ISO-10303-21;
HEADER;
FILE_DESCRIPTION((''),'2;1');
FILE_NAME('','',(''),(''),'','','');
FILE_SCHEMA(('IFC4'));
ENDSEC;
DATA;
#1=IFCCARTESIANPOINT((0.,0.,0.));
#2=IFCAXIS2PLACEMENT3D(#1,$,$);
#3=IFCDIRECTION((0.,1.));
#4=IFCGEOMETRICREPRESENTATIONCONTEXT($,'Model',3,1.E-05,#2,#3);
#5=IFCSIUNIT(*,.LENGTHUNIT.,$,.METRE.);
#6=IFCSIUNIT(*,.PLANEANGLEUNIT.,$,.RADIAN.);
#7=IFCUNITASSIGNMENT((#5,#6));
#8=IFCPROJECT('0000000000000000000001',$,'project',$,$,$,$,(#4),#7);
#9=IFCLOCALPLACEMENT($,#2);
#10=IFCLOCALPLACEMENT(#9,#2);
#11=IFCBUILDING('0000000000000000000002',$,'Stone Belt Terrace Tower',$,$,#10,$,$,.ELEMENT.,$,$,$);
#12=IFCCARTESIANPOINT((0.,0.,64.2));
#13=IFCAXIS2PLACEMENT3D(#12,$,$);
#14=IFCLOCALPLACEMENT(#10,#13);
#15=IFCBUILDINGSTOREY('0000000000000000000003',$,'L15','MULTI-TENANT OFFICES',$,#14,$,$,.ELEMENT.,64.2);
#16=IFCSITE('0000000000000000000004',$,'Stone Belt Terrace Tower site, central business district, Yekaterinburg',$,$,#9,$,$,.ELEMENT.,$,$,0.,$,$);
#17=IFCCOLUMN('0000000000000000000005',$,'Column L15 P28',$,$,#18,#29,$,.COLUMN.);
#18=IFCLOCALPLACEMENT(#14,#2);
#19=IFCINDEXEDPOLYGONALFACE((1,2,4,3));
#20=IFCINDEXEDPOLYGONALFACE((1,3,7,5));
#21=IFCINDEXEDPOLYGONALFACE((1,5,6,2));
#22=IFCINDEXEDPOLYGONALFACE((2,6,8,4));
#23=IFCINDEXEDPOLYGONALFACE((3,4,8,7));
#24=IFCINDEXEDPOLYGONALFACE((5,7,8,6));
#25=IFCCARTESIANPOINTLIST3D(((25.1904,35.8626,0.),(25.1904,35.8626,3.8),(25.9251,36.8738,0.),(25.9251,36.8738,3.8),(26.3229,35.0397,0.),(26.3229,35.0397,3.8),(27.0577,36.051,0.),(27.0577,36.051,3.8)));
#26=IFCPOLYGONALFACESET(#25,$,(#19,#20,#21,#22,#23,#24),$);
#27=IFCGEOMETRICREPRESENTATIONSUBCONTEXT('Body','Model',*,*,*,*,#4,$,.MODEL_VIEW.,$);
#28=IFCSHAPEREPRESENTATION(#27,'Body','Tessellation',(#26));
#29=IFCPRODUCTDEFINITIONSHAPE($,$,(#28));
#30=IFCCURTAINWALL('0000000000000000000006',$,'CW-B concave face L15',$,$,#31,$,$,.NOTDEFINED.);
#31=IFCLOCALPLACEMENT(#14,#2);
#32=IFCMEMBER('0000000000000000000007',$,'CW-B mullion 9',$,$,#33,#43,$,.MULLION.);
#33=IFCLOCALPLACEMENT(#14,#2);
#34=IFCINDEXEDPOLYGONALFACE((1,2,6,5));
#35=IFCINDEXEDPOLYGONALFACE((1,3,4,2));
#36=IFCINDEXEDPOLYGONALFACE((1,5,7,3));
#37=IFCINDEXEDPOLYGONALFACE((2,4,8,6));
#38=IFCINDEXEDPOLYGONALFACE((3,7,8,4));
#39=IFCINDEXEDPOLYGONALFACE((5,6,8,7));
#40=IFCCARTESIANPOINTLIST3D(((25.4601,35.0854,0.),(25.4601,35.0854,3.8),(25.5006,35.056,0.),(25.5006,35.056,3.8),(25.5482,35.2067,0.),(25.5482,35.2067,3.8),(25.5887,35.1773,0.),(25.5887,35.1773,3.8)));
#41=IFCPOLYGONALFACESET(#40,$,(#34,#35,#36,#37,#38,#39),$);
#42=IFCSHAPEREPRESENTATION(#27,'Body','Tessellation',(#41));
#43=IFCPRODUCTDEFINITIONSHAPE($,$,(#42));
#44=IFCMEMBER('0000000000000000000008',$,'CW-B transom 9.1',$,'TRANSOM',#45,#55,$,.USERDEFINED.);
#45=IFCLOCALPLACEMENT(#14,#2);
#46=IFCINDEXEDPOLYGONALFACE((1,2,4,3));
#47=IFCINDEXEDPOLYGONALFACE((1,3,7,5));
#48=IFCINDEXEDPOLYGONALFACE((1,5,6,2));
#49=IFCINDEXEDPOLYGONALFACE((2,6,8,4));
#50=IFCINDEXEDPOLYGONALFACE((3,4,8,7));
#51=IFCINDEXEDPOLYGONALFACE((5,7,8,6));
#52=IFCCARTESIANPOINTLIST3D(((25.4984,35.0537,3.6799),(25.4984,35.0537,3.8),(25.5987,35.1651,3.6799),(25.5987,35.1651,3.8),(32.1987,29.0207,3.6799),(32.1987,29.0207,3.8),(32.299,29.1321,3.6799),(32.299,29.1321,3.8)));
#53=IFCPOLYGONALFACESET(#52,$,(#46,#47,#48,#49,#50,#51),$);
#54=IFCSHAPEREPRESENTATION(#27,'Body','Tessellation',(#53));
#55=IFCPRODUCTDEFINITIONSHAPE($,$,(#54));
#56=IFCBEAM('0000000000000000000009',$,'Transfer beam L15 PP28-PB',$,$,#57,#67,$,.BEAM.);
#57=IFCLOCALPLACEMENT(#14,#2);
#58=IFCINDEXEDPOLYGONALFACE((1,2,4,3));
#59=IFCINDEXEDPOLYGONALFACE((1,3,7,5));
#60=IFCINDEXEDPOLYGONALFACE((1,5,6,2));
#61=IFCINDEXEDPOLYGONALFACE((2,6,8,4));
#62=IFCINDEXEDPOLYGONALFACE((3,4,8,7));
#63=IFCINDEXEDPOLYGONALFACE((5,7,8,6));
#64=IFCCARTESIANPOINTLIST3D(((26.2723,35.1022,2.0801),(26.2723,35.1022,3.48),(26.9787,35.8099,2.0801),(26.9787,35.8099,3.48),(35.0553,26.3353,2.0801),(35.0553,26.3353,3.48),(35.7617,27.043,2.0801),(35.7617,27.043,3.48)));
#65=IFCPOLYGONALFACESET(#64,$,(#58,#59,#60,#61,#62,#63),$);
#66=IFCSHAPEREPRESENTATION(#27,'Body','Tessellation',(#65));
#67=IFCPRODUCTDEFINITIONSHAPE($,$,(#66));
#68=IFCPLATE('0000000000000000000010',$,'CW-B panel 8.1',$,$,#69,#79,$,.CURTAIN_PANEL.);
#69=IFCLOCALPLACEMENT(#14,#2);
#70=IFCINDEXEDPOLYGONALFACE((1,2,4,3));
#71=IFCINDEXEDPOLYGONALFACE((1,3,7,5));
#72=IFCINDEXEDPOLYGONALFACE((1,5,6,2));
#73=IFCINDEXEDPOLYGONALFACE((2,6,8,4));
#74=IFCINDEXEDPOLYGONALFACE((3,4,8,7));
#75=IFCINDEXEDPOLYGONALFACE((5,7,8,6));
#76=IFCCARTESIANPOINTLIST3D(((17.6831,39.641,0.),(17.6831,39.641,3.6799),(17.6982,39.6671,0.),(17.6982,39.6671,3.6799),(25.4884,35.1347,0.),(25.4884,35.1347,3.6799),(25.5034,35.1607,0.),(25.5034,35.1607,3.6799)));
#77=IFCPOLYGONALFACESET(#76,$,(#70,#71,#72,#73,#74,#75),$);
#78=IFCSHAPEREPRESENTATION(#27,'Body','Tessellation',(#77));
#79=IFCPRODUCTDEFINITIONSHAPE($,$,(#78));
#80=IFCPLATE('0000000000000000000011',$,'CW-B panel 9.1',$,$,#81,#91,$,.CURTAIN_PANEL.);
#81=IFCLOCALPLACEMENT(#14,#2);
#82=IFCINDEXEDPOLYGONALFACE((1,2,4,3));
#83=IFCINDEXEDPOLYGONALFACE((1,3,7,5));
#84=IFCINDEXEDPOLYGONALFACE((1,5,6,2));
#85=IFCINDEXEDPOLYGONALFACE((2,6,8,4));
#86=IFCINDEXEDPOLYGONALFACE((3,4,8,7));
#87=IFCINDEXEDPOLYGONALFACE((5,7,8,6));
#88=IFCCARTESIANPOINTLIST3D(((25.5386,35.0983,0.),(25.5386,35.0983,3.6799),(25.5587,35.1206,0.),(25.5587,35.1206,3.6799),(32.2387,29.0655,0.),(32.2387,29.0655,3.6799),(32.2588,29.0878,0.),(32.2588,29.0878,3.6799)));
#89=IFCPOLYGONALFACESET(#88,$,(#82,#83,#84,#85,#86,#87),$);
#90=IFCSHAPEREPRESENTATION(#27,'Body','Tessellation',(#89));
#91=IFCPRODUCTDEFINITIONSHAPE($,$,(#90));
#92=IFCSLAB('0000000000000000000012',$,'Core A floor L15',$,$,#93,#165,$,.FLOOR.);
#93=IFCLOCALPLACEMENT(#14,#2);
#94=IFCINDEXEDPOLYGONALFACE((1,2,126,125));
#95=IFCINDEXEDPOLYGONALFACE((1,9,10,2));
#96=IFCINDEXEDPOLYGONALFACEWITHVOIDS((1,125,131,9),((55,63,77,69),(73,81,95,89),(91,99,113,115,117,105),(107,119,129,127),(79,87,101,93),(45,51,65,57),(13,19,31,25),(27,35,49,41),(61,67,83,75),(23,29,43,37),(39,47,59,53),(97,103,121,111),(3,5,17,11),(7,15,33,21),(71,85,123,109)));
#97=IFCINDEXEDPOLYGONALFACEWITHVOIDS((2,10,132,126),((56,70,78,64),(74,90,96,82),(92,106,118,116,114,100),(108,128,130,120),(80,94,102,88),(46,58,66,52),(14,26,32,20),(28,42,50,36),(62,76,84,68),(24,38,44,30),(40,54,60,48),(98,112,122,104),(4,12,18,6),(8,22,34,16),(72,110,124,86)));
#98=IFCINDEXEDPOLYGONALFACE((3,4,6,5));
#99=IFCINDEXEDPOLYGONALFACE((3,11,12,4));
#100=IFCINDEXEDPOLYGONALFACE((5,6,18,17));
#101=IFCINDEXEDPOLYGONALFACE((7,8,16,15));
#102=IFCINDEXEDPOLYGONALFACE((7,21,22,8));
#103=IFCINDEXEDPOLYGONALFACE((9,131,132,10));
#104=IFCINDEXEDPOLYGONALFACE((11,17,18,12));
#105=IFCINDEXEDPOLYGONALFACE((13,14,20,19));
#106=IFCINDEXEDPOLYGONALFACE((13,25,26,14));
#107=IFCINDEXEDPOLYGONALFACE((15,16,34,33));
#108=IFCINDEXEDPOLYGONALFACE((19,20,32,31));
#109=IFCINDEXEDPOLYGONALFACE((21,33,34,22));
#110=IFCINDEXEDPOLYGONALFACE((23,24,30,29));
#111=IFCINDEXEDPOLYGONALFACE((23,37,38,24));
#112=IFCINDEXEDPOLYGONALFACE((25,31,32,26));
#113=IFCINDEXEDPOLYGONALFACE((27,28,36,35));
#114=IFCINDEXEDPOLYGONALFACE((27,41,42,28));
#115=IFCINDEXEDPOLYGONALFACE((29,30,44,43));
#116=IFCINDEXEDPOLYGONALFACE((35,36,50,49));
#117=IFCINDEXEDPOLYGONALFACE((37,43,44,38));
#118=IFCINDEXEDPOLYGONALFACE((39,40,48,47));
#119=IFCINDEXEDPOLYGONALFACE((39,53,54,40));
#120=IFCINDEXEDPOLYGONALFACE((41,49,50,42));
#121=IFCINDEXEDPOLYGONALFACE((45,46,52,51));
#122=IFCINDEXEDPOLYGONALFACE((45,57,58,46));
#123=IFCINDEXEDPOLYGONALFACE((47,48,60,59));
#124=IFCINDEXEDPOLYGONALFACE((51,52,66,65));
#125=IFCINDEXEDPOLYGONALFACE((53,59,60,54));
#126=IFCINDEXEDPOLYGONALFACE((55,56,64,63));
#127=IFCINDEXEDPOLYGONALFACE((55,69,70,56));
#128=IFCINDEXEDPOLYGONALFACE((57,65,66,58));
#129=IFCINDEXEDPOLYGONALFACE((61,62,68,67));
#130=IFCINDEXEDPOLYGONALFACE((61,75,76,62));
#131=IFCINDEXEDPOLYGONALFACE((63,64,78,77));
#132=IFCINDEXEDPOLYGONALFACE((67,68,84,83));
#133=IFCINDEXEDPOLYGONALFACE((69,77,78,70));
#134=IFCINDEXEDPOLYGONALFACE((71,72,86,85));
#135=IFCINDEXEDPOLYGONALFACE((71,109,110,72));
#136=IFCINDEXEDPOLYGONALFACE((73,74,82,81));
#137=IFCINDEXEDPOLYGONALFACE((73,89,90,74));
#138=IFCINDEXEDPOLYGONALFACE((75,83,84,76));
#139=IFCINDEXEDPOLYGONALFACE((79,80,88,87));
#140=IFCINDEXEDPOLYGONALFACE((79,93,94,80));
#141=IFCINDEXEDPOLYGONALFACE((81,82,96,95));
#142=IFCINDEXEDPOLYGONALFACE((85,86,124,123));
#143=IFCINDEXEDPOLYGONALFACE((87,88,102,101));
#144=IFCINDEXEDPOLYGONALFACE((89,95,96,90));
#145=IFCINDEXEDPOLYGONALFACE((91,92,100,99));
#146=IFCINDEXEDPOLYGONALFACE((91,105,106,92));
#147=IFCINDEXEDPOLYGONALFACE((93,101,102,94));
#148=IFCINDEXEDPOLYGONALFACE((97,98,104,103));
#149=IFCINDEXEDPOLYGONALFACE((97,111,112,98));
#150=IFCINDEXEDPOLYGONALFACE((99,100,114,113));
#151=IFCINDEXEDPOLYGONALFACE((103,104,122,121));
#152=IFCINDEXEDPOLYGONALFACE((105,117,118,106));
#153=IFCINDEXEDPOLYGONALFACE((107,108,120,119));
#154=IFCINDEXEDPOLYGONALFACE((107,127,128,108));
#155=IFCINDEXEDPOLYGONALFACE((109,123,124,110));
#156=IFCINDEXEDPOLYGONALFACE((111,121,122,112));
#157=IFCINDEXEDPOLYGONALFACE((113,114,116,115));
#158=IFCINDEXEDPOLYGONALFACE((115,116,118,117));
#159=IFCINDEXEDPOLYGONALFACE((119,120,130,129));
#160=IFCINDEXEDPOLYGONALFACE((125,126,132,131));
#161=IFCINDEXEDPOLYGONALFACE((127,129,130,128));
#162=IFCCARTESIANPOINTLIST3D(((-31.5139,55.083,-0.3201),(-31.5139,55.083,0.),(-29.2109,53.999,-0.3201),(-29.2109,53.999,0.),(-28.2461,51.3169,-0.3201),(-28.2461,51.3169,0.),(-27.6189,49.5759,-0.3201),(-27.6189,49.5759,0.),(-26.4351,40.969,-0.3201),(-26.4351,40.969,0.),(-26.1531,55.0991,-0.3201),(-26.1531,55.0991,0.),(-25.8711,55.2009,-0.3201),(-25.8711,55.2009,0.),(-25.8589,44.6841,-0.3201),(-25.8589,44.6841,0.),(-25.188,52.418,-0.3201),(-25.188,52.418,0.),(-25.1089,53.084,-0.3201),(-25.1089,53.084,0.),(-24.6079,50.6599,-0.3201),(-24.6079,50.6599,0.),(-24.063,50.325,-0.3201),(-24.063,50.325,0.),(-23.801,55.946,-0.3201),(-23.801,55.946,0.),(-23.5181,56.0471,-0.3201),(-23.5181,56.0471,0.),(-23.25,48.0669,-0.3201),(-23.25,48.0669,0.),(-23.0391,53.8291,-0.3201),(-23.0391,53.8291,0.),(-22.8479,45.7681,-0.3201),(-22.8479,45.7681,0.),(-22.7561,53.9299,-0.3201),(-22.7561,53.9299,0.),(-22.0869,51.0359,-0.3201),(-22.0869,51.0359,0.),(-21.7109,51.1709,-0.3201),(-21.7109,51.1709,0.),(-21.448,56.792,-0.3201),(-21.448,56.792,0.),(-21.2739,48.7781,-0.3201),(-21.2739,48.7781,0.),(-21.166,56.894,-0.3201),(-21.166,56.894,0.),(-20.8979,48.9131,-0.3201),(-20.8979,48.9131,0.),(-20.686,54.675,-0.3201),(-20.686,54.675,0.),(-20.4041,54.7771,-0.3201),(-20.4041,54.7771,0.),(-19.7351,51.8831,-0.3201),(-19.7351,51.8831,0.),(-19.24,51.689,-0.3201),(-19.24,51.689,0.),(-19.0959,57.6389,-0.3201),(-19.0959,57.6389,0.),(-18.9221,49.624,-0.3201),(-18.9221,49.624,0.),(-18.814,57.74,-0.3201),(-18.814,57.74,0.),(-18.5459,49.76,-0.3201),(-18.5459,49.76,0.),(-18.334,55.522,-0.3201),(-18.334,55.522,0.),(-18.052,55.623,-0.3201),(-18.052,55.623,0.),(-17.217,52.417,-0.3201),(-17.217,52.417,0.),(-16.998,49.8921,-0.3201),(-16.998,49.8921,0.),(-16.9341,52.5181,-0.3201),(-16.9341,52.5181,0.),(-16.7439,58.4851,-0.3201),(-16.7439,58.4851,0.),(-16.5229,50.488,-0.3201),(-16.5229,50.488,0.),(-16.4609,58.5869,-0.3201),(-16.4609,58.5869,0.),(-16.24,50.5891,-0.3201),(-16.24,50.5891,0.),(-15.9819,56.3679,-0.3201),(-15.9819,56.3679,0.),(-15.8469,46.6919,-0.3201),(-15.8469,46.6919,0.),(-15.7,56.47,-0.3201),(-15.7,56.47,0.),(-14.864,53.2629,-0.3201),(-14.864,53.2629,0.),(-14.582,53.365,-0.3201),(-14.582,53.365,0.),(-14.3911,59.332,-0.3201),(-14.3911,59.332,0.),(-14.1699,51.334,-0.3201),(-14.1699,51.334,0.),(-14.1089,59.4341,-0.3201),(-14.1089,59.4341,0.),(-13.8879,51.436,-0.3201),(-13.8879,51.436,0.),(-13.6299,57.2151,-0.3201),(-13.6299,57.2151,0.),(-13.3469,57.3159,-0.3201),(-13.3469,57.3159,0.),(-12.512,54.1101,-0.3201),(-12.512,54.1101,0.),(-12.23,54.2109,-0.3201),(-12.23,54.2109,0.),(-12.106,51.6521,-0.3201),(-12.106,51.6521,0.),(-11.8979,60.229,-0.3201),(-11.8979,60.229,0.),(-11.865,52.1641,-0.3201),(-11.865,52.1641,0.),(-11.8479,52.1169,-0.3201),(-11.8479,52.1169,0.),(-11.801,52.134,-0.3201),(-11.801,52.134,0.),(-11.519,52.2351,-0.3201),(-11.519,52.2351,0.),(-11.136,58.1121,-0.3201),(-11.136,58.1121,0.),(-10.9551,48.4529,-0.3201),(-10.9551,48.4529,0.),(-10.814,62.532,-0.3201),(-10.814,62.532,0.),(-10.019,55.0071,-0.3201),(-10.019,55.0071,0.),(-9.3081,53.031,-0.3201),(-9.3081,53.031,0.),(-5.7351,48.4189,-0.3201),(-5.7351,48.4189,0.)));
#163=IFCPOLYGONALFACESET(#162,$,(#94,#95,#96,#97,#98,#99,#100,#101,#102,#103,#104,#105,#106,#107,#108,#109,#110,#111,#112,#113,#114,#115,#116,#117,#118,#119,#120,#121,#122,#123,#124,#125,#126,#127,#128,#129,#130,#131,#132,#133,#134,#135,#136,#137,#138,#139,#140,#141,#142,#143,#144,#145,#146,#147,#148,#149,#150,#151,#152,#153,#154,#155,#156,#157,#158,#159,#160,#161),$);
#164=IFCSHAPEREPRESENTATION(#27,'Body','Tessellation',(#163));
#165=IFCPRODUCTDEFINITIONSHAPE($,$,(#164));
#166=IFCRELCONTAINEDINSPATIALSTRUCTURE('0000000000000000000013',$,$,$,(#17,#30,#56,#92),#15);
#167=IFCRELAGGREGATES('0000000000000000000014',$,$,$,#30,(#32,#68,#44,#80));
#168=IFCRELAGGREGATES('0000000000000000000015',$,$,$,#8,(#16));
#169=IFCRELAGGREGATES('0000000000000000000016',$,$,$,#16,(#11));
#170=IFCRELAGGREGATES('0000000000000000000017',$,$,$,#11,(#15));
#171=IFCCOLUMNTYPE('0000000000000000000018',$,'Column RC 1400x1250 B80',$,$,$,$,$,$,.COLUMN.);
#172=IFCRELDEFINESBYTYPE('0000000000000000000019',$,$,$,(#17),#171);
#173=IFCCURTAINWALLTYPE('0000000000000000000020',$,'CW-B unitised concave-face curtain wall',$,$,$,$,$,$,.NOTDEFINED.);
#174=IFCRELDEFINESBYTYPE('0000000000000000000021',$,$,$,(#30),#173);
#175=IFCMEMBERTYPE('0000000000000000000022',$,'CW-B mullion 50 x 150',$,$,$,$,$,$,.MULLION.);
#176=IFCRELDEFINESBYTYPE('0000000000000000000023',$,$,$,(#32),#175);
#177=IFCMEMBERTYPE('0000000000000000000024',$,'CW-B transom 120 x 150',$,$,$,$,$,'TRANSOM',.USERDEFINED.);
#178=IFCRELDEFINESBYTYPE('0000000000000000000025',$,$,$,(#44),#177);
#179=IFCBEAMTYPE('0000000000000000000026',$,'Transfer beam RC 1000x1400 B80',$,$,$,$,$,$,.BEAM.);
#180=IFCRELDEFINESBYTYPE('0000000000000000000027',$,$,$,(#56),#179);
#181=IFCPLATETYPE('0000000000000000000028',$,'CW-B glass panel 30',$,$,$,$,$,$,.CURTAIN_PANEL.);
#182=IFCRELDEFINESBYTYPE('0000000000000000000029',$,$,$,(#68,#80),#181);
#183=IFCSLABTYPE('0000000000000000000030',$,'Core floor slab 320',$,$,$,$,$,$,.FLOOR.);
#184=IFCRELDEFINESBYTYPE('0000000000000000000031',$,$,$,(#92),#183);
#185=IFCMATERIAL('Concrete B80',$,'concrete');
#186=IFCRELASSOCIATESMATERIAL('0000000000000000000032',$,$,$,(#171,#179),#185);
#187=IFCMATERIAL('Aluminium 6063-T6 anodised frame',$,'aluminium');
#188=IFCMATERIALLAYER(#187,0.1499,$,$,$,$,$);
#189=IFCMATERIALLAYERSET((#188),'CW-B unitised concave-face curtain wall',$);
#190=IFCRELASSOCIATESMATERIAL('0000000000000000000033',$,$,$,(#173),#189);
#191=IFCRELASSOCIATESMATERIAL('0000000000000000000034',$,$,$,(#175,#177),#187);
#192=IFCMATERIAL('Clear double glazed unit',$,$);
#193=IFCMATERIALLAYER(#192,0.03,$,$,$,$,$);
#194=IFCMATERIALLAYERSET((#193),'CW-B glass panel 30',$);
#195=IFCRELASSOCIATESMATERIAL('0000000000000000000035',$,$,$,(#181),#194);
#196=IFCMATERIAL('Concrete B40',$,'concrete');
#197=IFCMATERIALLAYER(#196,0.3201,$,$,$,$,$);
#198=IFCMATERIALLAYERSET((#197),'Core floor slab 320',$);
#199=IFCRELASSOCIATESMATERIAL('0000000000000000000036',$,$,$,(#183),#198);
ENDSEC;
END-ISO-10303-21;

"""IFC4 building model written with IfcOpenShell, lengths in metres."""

from ifc_helpers import new_model, si_unit, direction, frame, origin, origin_2d, place, context, subcontext, project, spatial, polyline, rectangle, outline, extrude, material, layer, layer_set, material_profile, profile_set, type_object, element, aggregate, save


model = new_model("IFC4")

# Units and contexts
model_context = context("Model", 3, precision=1e-05, world=origin(), true_north=direction((0.0, 1.0)))
body_context = subcontext(model_context, "Body", "Model", "MODEL_VIEW")
ifc_project = project(units=[si_unit("LENGTHUNIT", "METRE"), si_unit("PLANEANGLEUNIT", "RADIAN")], contexts=[model_context])

# Site, building, storey
site_placement = place(None, origin())
site = spatial("IfcSite", under=ifc_project, at=site_placement, Name="Stone Belt Terrace Tower site, central business district, Yekaterinburg", CompositionType="ELEMENT", RefElevation=0.0)
building_placement = place(site_placement, origin())
building = spatial("IfcBuilding", under=site, at=building_placement, Name="Stone Belt Terrace Tower", CompositionType="ELEMENT")
storey_placement = place(building_placement, frame((0.0, 0.0, 64.2)))
storey = spatial("IfcBuildingStorey", under=building, at=storey_placement, Name="L15", Description="MULTI-TENANT OFFICES", CompositionType="ELEMENT", Elevation=64.2)

# Column
ifc_material_1 = material(Name="Concrete B80", Category="concrete")
ifc_material_profile_1 = material_profile(ifc_material_1, rectangle(XDim=1.3999, YDim=1.25, at=origin_2d()), Name="RC 1400x1250")
ifc_profile_set_1 = profile_set([ifc_material_profile_1], Name="Concrete B80")
column_type = type_object("IfcColumnType", Name="Column RC 1400x1250 B80", PredefinedType="COLUMN", material=ifc_profile_set_1)
column_placement = place(storey_placement, frame((26.124, 35.9568, 0.0), z_axis=(0.0, 0.0, 1.0), x_axis=(0.809017, -0.587785, 0.0)))
element("IfcColumn", 1, at=column_placement, inside=storey, type_object=column_type, Name="Column L15 P28", PredefinedType="COLUMN", context=body_context, shape_type="SweptSolid", body=[
    extrude(rectangle(XDim=1.3999, YDim=1.25, at=origin_2d()), origin(), (0.0, 0.0, 1.0), 3.8),
])

# Curtain wall, members
ifc_material_2 = material(Name="Aluminium 6063-T6 anodised frame", Category="aluminium")
ifc_layer_1 = layer(ifc_material_2, 0.1499)
ifc_layer_set_1 = layer_set([ifc_layer_1], Name="CW-B unitised concave-face curtain wall")
curtain_wall_type = type_object("IfcCurtainWallType", Name="CW-B unitised concave-face curtain wall", PredefinedType="NOTDEFINED", material=ifc_layer_set_1)
curtain_wall_placement = place(storey_placement, origin())
curtain_wall = element("IfcCurtainWall", 2, at=curtain_wall_placement, inside=storey, type_object=curtain_wall_type, Name="CW-B concave face L15", PredefinedType="NOTDEFINED")
ifc_material_profile_2 = material_profile(ifc_material_2, rectangle(XDim=0.1499, YDim=0.05, at=origin_2d()), Name="Aluminium 6063-T6 50x150")
ifc_profile_set_2 = profile_set([ifc_material_profile_2], Name="Aluminium 6063-T6 anodised frame")
member_type_1 = type_object("IfcMemberType", Name="CW-B mullion 50 x 150", PredefinedType="MULLION", material=ifc_profile_set_2)
member_1_placement = place(storey_placement, frame((25.5244, 35.1313, 0.0), z_axis=(0.0, 0.0, 1.0), x_axis=(0.587785, 0.809017, 0.0)))
member_1 = element("IfcMember", 3, at=member_1_placement, type_object=member_type_1, Name="CW-B mullion 9", PredefinedType="MULLION", context=body_context, shape_type="SweptSolid", body=[
    extrude(rectangle(XDim=0.1499, YDim=0.05, at=origin_2d()), origin(), (0.0, 0.0, 1.0), 3.8),
])
ifc_material_profile_3 = material_profile(ifc_material_2, rectangle(XDim=0.1499, YDim=0.1201, at=origin_2d()), Name="Aluminium 6063-T6 150x120")
ifc_profile_set_3 = profile_set([ifc_material_profile_3], Name="Aluminium 6063-T6 anodised frame")
member_type_2 = type_object("IfcMemberType", Name="CW-B transom 120 x 150", ElementType="TRANSOM", PredefinedType="USERDEFINED", material=ifc_profile_set_3)
member_2_placement = place(storey_placement, frame((25.5486, 35.1094, 3.74), z_axis=(0.743141, -0.669135, 0.0), x_axis=(0.669135, 0.743141, 0.0)))
member_2 = element("IfcMember", 4, at=member_2_placement, type_object=member_type_2, Name="CW-B transom 9.1", ObjectType="TRANSOM", PredefinedType="USERDEFINED", context=body_context, shape_type="SweptSolid", body=[
    extrude(rectangle(XDim=0.1499, YDim=0.1201, at=origin_2d()), origin(), (0.0, 0.0, 1.0), 9.0161),
])

# Beam
ifc_material_profile_4 = material_profile(ifc_material_1, rectangle(XDim=1.0, YDim=1.3999, at=origin_2d()), Name="RC 1000x1400")
ifc_profile_set_4 = profile_set([ifc_material_profile_4], Name="Concrete B80")
beam_type = type_object("IfcBeamType", Name="Transfer beam RC 1000x1400 B80", PredefinedType="BEAM", material=ifc_profile_set_4)
beam_placement = place(storey_placement, frame((26.6255, 35.4561, 2.78), z_axis=(0.707756, -0.706457, 0.0), x_axis=(0.706457, 0.707756, 0.0)))
element("IfcBeam", 5, at=beam_placement, inside=storey, type_object=beam_type, Name="Transfer beam L15 PP28-PB", PredefinedType="BEAM", context=body_context, shape_type="SweptSolid", body=[
    extrude(rectangle(XDim=1.0, YDim=1.3999, at=origin_2d()), origin(), (0.0, 0.0, 1.0), 12.4097),
])

# Plates
ifc_material_3 = material(Name="Clear double glazed unit")
ifc_layer_2 = layer(ifc_material_3, 0.03)
ifc_layer_set_2 = layer_set([ifc_layer_2], Name="CW-B glass panel 30")
plate_type = type_object("IfcPlateType", Name="CW-B glass panel 30", PredefinedType="CURTAIN_PANEL", material=ifc_layer_set_2)
plate_1_placement = place(storey_placement, frame((21.5933, 37.4009, 0.0), z_axis=(0.0, 0.0, 1.0), x_axis=(0.866025, -0.5, 0.0)))
plate_1 = element("IfcPlate", 6, at=plate_1_placement, type_object=plate_type, Name="CW-B panel 8.1", PredefinedType="CURTAIN_PANEL", context=body_context, shape_type="SweptSolid", body=[
    extrude(rectangle(XDim=9.0127, YDim=0.03, at=origin_2d()), origin(), (0.0, 0.0, 1.0), 3.6799),
])
plate_2_placement = place(storey_placement, frame((28.8987, 32.093, 0.0), z_axis=(0.0, 0.0, 1.0), x_axis=(0.743145, -0.669131, 0.0)))
plate_2 = element("IfcPlate", 7, at=plate_2_placement, type_object=plate_type, Name="CW-B panel 9.1", PredefinedType="CURTAIN_PANEL", context=body_context, shape_type="SweptSolid", body=[
    extrude(rectangle(XDim=9.0159, YDim=0.03, at=origin_2d()), origin(), (0.0, 0.0, 1.0), 3.6799),
])
aggregate(curtain_wall, [member_1, plate_1, member_2, plate_2])

# Slab
ifc_material_4 = material(Name="Concrete B40", Category="concrete")
ifc_layer_3 = layer(ifc_material_4, 0.3201)
ifc_layer_set_3 = layer_set([ifc_layer_3], Name="Core floor slab 320")
slab_type_1 = type_object("IfcSlabType", Name="Core floor slab 320", PredefinedType="FLOOR", material=ifc_layer_set_3)
slab_1_placement = place(storey_placement, frame((0.0, 0.0, -0.3201)))
element("IfcSlab", 8, at=slab_1_placement, inside=storey, type_object=slab_type_1, Name="Core A floor L15", PredefinedType="FLOOR", context=body_context, shape_type="SweptSolid", body=[
    extrude(outline(polyline([(-26.4351, 40.969), (-5.7351, 48.4189), (-10.814, 62.532), (-31.5139, 55.083), (-26.4351, 40.969)]), holes=[polyline([(-24.6079, 50.6599), (-22.8479, 45.7681), (-25.8589, 44.6841), (-27.6189, 49.5759), (-24.6079, 50.6599)]), polyline([(-21.2739, 48.7781), (-23.25, 48.0669), (-24.063, 50.325), (-22.0869, 51.0359), (-21.2739, 48.7781)]), polyline([(-18.9221, 49.624), (-20.8979, 48.9131), (-21.7109, 51.1709), (-19.7351, 51.8831), (-18.9221, 49.624)]), polyline([(-19.24, 51.689), (-17.217, 52.417), (-16.5229, 50.488), (-18.5459, 49.76), (-19.24, 51.689)]), polyline([(-29.2109, 53.999), (-26.1531, 55.0991), (-25.188, 52.418), (-28.2461, 51.3169), (-29.2109, 53.999)]), polyline([(-23.801, 55.946), (-23.0391, 53.8291), (-25.1089, 53.084), (-25.8711, 55.2009), (-23.801, 55.946)]), polyline([(-21.448, 56.792), (-20.686, 54.675), (-22.7561, 53.9299), (-23.5181, 56.0471), (-21.448, 56.792)]), polyline([(-19.0959, 57.6389), (-18.334, 55.522), (-20.4041, 54.7771), (-21.166, 56.894), (-19.0959, 57.6389)]), polyline([(-15.8469, 46.6919), (-16.998, 49.8921), (-12.106, 51.6521), (-10.9551, 48.4529), (-15.8469, 46.6919)]), polyline([(-16.24, 50.5891), (-16.9341, 52.5181), (-14.864, 53.2629), (-14.1699, 51.334), (-16.24, 50.5891)]), polyline([(-11.801, 52.134), (-11.8479, 52.1169), (-11.865, 52.1641), (-13.8879, 51.436), (-14.582, 53.365), (-12.512, 54.1101), (-11.801, 52.134)]), polyline([(-9.3081, 53.031), (-11.519, 52.2351), (-12.23, 54.2109), (-10.019, 55.0071), (-9.3081, 53.031)]), polyline([(-16.7439, 58.4851), (-15.9819, 56.3679), (-18.052, 55.623), (-18.814, 57.74), (-16.7439, 58.4851)]), polyline([(-14.3911, 59.332), (-13.6299, 57.2151), (-15.7, 56.47), (-16.4609, 58.5869), (-14.3911, 59.332)]), polyline([(-11.8979, 60.229), (-11.136, 58.1121), (-13.3469, 57.3159), (-14.1089, 59.4341), (-11.8979, 60.229)])]), origin(), (0.0, 0.0, 1.0), 0.3201),
])

save(model, "model.ifc")
